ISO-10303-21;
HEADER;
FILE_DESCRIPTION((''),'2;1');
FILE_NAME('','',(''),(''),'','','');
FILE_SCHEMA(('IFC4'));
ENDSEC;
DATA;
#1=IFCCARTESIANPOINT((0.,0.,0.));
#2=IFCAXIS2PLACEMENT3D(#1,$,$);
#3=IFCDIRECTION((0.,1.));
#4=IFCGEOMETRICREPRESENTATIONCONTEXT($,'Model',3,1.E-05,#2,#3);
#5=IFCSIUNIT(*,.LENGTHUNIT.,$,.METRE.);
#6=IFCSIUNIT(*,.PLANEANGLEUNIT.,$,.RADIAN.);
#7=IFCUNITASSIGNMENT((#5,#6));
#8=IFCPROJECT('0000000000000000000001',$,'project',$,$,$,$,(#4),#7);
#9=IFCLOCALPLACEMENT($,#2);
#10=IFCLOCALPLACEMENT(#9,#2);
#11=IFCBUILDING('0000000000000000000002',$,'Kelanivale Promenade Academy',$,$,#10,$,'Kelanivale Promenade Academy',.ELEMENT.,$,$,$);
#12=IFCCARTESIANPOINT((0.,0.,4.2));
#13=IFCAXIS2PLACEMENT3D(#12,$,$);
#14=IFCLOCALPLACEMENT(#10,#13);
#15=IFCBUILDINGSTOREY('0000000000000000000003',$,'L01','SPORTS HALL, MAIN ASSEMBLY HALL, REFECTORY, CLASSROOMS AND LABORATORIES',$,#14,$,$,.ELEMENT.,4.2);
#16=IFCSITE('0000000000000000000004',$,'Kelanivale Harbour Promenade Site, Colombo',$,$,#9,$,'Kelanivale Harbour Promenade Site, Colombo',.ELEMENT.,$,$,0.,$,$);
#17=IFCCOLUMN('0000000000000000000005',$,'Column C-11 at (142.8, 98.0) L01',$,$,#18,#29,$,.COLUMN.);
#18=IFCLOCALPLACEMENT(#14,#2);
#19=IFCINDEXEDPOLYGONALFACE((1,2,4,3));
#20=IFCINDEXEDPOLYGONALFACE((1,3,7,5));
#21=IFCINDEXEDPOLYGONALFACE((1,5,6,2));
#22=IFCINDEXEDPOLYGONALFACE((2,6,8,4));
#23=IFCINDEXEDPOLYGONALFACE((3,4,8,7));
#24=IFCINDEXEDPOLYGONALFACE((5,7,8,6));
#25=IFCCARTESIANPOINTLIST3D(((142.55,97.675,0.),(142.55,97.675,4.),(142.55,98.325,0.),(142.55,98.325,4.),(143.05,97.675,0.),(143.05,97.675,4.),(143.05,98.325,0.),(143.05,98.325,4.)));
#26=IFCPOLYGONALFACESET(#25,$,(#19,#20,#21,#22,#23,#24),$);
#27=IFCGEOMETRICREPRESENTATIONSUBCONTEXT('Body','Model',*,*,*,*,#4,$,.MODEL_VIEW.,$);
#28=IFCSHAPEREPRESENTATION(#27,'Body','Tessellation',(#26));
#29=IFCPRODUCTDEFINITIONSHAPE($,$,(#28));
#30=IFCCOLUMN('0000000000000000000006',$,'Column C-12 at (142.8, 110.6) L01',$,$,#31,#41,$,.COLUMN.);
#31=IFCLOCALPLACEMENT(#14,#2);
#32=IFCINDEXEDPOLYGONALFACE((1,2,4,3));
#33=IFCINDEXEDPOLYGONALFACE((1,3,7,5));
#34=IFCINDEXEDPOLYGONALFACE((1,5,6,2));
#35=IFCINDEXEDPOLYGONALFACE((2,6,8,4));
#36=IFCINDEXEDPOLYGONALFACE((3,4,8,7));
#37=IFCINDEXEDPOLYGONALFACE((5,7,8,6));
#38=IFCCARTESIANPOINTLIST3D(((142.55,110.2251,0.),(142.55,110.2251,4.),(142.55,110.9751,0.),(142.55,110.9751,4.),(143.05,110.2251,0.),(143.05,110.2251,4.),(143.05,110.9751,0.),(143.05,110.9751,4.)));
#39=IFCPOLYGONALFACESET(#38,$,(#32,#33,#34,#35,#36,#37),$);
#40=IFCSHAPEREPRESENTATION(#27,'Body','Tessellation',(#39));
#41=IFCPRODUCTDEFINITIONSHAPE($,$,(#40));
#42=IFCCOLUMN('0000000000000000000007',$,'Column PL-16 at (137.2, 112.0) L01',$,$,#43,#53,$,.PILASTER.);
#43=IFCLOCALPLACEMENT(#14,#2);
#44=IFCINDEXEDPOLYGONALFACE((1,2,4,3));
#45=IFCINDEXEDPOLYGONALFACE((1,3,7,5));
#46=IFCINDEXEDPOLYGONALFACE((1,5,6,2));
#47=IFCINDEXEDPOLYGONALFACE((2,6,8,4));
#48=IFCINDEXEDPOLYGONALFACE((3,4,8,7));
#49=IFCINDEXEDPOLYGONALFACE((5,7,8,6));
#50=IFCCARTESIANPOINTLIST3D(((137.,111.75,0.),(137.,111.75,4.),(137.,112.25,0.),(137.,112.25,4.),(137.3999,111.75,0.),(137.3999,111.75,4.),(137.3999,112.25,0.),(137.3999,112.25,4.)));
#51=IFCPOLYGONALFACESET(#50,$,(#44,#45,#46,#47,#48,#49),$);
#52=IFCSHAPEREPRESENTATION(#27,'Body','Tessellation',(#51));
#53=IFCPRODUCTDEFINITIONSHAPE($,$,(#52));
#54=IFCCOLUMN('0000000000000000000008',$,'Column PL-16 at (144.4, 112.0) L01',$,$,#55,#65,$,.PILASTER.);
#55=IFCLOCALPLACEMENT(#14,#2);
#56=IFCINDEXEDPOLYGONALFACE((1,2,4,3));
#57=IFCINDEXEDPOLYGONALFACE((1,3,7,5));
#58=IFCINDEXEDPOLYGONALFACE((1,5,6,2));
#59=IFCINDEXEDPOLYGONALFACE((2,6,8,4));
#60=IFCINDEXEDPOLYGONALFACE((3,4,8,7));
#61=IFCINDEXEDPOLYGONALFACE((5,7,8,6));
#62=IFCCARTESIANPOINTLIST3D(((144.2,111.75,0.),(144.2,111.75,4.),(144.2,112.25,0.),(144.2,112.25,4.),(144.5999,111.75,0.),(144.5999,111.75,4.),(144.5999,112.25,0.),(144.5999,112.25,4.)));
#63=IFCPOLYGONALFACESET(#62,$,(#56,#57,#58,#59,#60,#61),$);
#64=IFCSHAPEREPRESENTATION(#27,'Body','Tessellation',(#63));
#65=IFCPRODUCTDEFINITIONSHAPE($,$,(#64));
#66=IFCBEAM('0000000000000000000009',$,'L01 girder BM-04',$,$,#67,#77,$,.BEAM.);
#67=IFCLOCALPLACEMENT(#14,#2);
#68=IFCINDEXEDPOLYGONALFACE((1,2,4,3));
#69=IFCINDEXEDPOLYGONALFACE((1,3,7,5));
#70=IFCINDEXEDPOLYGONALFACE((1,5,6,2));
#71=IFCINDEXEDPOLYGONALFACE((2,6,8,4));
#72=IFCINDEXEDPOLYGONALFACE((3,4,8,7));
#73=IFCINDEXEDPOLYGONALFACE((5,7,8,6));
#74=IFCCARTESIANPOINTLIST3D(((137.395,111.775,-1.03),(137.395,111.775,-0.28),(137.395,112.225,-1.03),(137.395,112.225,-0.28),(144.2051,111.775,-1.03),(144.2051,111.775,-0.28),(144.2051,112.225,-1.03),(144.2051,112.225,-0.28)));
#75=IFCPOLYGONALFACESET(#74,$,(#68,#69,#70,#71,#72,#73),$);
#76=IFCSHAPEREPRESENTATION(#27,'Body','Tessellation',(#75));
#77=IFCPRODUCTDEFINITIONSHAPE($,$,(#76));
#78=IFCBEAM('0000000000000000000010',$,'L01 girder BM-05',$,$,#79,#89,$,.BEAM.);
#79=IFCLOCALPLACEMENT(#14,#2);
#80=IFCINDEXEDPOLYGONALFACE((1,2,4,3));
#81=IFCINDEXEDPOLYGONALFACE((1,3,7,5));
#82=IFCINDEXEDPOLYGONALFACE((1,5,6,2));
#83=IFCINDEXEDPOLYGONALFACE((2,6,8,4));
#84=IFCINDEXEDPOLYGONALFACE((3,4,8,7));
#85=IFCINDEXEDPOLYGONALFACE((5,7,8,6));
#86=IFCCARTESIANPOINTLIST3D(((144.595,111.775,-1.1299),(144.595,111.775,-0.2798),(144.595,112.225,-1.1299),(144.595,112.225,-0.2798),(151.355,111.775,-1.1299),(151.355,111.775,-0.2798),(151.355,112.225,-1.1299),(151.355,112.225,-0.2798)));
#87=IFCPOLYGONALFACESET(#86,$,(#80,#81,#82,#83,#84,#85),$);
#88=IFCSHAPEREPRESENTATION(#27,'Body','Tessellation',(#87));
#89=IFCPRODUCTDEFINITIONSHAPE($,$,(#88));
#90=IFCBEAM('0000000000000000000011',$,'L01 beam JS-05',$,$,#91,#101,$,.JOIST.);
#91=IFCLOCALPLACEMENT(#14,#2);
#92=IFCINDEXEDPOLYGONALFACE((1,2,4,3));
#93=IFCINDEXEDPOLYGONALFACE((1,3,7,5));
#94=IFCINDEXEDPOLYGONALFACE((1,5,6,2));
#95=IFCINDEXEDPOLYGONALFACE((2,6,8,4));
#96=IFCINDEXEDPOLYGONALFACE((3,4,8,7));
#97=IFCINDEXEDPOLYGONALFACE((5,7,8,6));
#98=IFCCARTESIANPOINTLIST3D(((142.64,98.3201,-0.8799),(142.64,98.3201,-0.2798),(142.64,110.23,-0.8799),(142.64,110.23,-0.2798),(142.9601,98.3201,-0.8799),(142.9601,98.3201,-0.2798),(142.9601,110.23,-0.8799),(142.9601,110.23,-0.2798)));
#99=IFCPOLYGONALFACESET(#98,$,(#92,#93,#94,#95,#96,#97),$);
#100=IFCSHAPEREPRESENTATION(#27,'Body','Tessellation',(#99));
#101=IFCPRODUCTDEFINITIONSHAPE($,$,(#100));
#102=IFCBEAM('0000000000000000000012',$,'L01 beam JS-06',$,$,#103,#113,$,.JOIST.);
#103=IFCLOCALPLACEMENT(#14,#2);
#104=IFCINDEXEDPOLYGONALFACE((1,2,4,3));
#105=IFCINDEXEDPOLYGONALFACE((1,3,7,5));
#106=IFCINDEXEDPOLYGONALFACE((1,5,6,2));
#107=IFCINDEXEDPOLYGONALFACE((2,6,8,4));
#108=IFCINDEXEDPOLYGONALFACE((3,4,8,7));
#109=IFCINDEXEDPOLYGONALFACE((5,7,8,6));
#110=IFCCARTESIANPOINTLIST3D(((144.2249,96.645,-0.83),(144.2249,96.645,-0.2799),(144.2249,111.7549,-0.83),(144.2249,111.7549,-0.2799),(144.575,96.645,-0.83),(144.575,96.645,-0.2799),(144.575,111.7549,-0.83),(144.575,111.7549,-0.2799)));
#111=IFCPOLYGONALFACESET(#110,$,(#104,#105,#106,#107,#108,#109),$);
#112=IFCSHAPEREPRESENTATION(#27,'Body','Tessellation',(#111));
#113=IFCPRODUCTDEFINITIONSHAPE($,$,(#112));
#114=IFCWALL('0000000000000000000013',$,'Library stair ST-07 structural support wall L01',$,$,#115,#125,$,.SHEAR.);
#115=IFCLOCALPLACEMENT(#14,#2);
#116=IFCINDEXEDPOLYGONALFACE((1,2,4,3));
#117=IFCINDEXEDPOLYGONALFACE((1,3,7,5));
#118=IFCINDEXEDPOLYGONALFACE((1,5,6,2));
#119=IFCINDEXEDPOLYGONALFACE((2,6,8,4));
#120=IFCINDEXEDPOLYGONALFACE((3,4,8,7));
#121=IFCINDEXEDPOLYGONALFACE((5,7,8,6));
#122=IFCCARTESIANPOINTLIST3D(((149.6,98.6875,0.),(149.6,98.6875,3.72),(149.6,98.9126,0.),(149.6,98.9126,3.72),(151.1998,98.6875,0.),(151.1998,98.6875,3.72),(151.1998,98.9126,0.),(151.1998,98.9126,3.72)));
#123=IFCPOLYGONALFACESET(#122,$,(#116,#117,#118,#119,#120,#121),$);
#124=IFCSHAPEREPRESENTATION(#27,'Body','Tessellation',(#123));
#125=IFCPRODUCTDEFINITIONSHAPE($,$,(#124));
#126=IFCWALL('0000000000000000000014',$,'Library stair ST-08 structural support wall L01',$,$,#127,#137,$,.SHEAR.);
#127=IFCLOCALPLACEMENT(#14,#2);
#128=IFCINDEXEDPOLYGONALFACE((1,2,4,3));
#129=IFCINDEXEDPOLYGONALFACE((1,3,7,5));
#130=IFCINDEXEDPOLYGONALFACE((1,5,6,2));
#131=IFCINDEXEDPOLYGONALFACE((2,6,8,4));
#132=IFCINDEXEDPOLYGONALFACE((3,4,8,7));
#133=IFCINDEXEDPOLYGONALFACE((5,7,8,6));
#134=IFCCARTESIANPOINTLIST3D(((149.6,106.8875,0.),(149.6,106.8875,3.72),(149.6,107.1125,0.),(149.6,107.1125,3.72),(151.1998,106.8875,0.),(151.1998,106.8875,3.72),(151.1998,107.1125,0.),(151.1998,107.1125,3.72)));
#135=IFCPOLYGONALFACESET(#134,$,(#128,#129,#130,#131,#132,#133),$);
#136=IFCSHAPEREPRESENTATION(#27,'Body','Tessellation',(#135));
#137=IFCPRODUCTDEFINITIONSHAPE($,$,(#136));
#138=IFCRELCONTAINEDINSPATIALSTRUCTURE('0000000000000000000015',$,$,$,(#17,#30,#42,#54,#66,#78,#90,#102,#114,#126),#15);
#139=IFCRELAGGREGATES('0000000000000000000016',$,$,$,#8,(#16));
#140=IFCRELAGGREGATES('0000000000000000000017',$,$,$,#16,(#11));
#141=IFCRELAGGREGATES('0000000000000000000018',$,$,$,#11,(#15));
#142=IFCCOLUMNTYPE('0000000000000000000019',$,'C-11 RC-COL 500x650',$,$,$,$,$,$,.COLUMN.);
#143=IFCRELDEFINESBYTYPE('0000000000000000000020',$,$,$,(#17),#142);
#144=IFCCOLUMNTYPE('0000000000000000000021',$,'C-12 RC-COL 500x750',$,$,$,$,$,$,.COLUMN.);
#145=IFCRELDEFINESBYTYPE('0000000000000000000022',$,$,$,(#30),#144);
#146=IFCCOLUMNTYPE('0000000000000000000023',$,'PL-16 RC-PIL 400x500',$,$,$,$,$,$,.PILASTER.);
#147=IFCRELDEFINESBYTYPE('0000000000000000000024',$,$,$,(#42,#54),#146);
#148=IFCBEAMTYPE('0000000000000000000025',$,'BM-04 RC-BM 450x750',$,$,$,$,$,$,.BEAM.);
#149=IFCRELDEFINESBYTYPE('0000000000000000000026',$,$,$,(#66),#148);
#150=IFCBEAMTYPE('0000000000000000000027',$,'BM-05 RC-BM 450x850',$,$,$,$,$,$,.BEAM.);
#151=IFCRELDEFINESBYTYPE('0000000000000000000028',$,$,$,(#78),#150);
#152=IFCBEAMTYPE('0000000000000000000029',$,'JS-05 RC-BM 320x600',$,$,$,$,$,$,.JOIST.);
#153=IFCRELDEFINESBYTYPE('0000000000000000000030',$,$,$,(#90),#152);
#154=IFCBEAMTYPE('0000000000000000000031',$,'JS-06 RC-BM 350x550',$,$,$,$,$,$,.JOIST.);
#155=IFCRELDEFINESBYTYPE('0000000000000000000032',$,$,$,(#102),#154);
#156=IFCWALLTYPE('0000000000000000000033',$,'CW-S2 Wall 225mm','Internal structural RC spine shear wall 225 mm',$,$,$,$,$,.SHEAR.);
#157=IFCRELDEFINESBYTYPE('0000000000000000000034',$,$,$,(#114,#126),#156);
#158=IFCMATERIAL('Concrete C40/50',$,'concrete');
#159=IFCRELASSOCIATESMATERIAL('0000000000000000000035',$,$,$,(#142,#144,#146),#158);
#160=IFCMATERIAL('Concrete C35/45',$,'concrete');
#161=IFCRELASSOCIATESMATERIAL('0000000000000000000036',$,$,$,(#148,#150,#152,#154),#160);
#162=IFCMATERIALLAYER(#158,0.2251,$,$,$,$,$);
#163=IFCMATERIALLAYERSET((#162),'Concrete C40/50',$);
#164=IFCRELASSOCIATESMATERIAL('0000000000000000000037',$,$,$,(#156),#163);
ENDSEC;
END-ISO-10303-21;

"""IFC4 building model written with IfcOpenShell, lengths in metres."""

from ifc_helpers import new_model, si_unit, direction, frame, frame_2d, origin, origin_2d, place, context, subcontext, project, spatial, rectangle, extrude, material, layer, layer_set, material_profile, profile_set, type_object, element, save


model = new_model("IFC4")

# Units and contexts
model_context = context("Model", 3, precision=1e-05, world=origin(), true_north=direction((0.0, 1.0)))
body_context = subcontext(model_context, "Body", "Model", "MODEL_VIEW")
ifc_project = project(units=[si_unit("LENGTHUNIT", "METRE"), si_unit("PLANEANGLEUNIT", "RADIAN")], contexts=[model_context])

# Site, building, storey
site_placement = place(None, origin())
site = spatial("IfcSite", under=ifc_project, at=site_placement, Name="Kelanivale Harbour Promenade Site, Colombo", LongName="Kelanivale Harbour Promenade Site, Colombo", CompositionType="ELEMENT", RefElevation=0.0)
building_placement = place(site_placement, origin())
building = spatial("IfcBuilding", under=site, at=building_placement, Name="Kelanivale Promenade Academy", LongName="Kelanivale Promenade Academy", CompositionType="ELEMENT")
storey_placement = place(building_placement, frame((0.0, 0.0, 4.2)))
storey = spatial("IfcBuildingStorey", under=building, at=storey_placement, Name="L01", Description="SPORTS HALL, MAIN ASSEMBLY HALL, REFECTORY, CLASSROOMS AND LABORATORIES", CompositionType="ELEMENT", Elevation=4.2)

# Columns
ifc_material_1 = material(Name="Concrete C40/50", Category="concrete")
ifc_material_profile_1 = material_profile(ifc_material_1, rectangle(XDim=0.5, YDim=0.6499, at=origin_2d()), Name="RC-COL 500x650")
ifc_profile_set_1 = profile_set([ifc_material_profile_1], Name="Concrete C40/50")
column_type_1 = type_object("IfcColumnType", Name="C-11 RC-COL 500x650", PredefinedType="COLUMN", material=ifc_profile_set_1)
column_1_placement = place(storey_placement, frame((142.8, 98.0, 0.0), z_axis=(0.0, 0.0, 1.0), x_axis=(1.0, 0.0, 0.0)))
element("IfcColumn", 1, at=column_1_placement, inside=storey, type_object=column_type_1, Name="Column C-11 at (142.8, 98.0) L01", PredefinedType="COLUMN", context=body_context, shape_type="SweptSolid", body=[
    extrude(rectangle(XDim=0.5, YDim=0.6499, at=origin_2d()), origin(), (0.0, 0.0, 1.0), 4.0),
])
ifc_material_profile_2 = material_profile(ifc_material_1, rectangle(XDim=0.5, YDim=0.75, at=origin_2d()), Name="RC-COL 500x750")
ifc_profile_set_2 = profile_set([ifc_material_profile_2], Name="Concrete C40/50")
column_type_2 = type_object("IfcColumnType", Name="C-12 RC-COL 500x750", PredefinedType="COLUMN", material=ifc_profile_set_2)
column_2_placement = place(storey_placement, frame((142.8, 110.6001, 0.0), z_axis=(0.0, 0.0, 1.0), x_axis=(1.0, 0.0, 0.0)))
element("IfcColumn", 2, at=column_2_placement, inside=storey, type_object=column_type_2, Name="Column C-12 at (142.8, 110.6) L01", PredefinedType="COLUMN", context=body_context, shape_type="SweptSolid", body=[
    extrude(rectangle(XDim=0.5, YDim=0.75, at=origin_2d()), origin(), (0.0, 0.0, 1.0), 4.0),
])
ifc_material_profile_3 = material_profile(ifc_material_1, rectangle(XDim=0.3999, YDim=0.5, at=origin_2d()), Name="RC-PIL 400x500")
ifc_profile_set_3 = profile_set([ifc_material_profile_3], Name="Concrete C40/50")
column_type_3 = type_object("IfcColumnType", Name="PL-16 RC-PIL 400x500", PredefinedType="PILASTER", material=ifc_profile_set_3)
for number, where, z_axis, x_axis, name in (
    (3, (137.2, 112.0, 0.0), (0.0, 0.0, 1.0), (1.0, 0.0, 0.0), "Column PL-16 at (137.2, 112.0) L01"),
    (4, (144.3999, 112.0, 0.0), (0.0, 0.0, 1.0), (1.0, 0.0, 0.0), "Column PL-16 at (144.4, 112.0) L01"),
):
    element("IfcColumn", number, at=place(storey_placement, frame(where, z_axis=z_axis, x_axis=x_axis)), inside=storey, type_object=column_type_3, Name=name, PredefinedType="PILASTER", context=body_context, shape_type="SweptSolid", body=[
        extrude(rectangle(XDim=0.3999, YDim=0.5, at=origin_2d()), origin(), (0.0, 0.0, 1.0), 4.0),
    ])

# Beams
ifc_material_2 = material(Name="Concrete C35/45", Category="concrete")
ifc_material_profile_4 = material_profile(ifc_material_2, rectangle(XDim=0.45, YDim=0.75, at=origin_2d()), Name="RC-BM 450x750")
ifc_profile_set_4 = profile_set([ifc_material_profile_4], Name="Concrete C35/45")
beam_type_1 = type_object("IfcBeamType", Name="BM-04 RC-BM 450x750", PredefinedType="BEAM", material=ifc_profile_set_4)
beam_1_placement = place(storey_placement, frame((137.395, 112.0, -0.655), z_axis=(1.0, 0.0, 0.0), x_axis=(0.0, 1.0, 0.0)))
element("IfcBeam", 5, at=beam_1_placement, inside=storey, type_object=beam_type_1, Name="L01 girder BM-04", PredefinedType="BEAM", context=body_context, shape_type="SweptSolid", body=[
    extrude(rectangle(XDim=0.45, YDim=0.75, at=origin_2d()), origin(), (0.0, 0.0, 1.0), 6.8101),
])
ifc_material_profile_5 = material_profile(ifc_material_2, rectangle(XDim=0.45, YDim=0.8501, at=origin_2d()), Name="RC-BM 450x850")
ifc_profile_set_5 = profile_set([ifc_material_profile_5], Name="Concrete C35/45")
beam_type_2 = type_object("IfcBeamType", Name="BM-05 RC-BM 450x850", PredefinedType="BEAM", material=ifc_profile_set_5)
beam_2_placement = place(storey_placement, frame((144.595, 112.0, -0.7048), z_axis=(1.0, 0.0, 0.0), x_axis=(0.0, 1.0, 0.0)))
element("IfcBeam", 6, at=beam_2_placement, inside=storey, type_object=beam_type_2, Name="L01 girder BM-05", PredefinedType="BEAM", context=body_context, shape_type="SweptSolid", body=[
    extrude(rectangle(XDim=0.45, YDim=0.8501, at=origin_2d()), origin(), (0.0, 0.0, 1.0), 6.76),
])
ifc_material_profile_6 = material_profile(ifc_material_2, rectangle(XDim=0.3201, YDim=0.6001, at=origin_2d()), Name="RC-BM 320x600")
ifc_profile_set_6 = profile_set([ifc_material_profile_6], Name="Concrete C35/45")
beam_type_3 = type_object("IfcBeamType", Name="JS-05 RC-BM 320x600", PredefinedType="JOIST", material=ifc_profile_set_6)
beam_3_placement = place(storey_placement, frame((142.8, 98.3201, -0.5798), z_axis=(0.0, 1.0, 0.0), x_axis=(-1.0, 0.0, 0.0)))
element("IfcBeam", 7, at=beam_3_placement, inside=storey, type_object=beam_type_3, Name="L01 beam JS-05", PredefinedType="JOIST", context=body_context, shape_type="SweptSolid", body=[
    extrude(rectangle(XDim=0.3201, YDim=0.6001, at=origin_2d()), origin(), (0.0, 0.0, 1.0), 11.9099),
])
ifc_material_profile_7 = material_profile(ifc_material_2, rectangle(XDim=0.3501, YDim=0.55, at=origin_2d()), Name="RC-BM 350x550")
ifc_profile_set_7 = profile_set([ifc_material_profile_7], Name="Concrete C35/45")
beam_type_4 = type_object("IfcBeamType", Name="JS-06 RC-BM 350x550", PredefinedType="JOIST", material=ifc_profile_set_7)
beam_4_placement = place(storey_placement, frame((144.3999, 96.645, -0.5549), z_axis=(0.0, 1.0, 0.0), x_axis=(-1.0, 0.0, 0.0)))
element("IfcBeam", 8, at=beam_4_placement, inside=storey, type_object=beam_type_4, Name="L01 beam JS-06", PredefinedType="JOIST", context=body_context, shape_type="SweptSolid", body=[
    extrude(rectangle(XDim=0.3501, YDim=0.55, at=origin_2d()), origin(), (0.0, 0.0, 1.0), 15.1099),
])

# Walls
ifc_layer_1 = layer(ifc_material_1, 0.2251)
ifc_layer_set_1 = layer_set([ifc_layer_1], Name="Concrete C40/50")
wall_type_1 = type_object("IfcWallType", Name="CW-S2 Wall 225mm", Description="Internal structural RC spine shear wall 225 mm", PredefinedType="SHEAR", material=ifc_layer_set_1)
for number, where, z_axis, x_axis, name in (
    (9, (149.6001, 98.8, 0.0), (0.0, 0.0, 1.0), (1.0, 0.0, 0.0), "Library stair ST-07 structural support wall L01"),
    (10, (149.6001, 107.0, 0.0), (0.0, 0.0, 1.0), (1.0, 0.0, 0.0), "Library stair ST-08 structural support wall L01"),
):
    element("IfcWall", number, at=place(storey_placement, frame(where, z_axis=z_axis, x_axis=x_axis)), inside=storey, type_object=wall_type_1, Name=name, PredefinedType="SHEAR", context=body_context, shape_type="SweptSolid", body=[
        extrude(rectangle(XDim=1.5999, YDim=0.2251, at=frame_2d((0.7998, 0.0))), origin(), (0.0, 0.0, 1.0), 3.72),
    ])

save(model, "model.ifc")
